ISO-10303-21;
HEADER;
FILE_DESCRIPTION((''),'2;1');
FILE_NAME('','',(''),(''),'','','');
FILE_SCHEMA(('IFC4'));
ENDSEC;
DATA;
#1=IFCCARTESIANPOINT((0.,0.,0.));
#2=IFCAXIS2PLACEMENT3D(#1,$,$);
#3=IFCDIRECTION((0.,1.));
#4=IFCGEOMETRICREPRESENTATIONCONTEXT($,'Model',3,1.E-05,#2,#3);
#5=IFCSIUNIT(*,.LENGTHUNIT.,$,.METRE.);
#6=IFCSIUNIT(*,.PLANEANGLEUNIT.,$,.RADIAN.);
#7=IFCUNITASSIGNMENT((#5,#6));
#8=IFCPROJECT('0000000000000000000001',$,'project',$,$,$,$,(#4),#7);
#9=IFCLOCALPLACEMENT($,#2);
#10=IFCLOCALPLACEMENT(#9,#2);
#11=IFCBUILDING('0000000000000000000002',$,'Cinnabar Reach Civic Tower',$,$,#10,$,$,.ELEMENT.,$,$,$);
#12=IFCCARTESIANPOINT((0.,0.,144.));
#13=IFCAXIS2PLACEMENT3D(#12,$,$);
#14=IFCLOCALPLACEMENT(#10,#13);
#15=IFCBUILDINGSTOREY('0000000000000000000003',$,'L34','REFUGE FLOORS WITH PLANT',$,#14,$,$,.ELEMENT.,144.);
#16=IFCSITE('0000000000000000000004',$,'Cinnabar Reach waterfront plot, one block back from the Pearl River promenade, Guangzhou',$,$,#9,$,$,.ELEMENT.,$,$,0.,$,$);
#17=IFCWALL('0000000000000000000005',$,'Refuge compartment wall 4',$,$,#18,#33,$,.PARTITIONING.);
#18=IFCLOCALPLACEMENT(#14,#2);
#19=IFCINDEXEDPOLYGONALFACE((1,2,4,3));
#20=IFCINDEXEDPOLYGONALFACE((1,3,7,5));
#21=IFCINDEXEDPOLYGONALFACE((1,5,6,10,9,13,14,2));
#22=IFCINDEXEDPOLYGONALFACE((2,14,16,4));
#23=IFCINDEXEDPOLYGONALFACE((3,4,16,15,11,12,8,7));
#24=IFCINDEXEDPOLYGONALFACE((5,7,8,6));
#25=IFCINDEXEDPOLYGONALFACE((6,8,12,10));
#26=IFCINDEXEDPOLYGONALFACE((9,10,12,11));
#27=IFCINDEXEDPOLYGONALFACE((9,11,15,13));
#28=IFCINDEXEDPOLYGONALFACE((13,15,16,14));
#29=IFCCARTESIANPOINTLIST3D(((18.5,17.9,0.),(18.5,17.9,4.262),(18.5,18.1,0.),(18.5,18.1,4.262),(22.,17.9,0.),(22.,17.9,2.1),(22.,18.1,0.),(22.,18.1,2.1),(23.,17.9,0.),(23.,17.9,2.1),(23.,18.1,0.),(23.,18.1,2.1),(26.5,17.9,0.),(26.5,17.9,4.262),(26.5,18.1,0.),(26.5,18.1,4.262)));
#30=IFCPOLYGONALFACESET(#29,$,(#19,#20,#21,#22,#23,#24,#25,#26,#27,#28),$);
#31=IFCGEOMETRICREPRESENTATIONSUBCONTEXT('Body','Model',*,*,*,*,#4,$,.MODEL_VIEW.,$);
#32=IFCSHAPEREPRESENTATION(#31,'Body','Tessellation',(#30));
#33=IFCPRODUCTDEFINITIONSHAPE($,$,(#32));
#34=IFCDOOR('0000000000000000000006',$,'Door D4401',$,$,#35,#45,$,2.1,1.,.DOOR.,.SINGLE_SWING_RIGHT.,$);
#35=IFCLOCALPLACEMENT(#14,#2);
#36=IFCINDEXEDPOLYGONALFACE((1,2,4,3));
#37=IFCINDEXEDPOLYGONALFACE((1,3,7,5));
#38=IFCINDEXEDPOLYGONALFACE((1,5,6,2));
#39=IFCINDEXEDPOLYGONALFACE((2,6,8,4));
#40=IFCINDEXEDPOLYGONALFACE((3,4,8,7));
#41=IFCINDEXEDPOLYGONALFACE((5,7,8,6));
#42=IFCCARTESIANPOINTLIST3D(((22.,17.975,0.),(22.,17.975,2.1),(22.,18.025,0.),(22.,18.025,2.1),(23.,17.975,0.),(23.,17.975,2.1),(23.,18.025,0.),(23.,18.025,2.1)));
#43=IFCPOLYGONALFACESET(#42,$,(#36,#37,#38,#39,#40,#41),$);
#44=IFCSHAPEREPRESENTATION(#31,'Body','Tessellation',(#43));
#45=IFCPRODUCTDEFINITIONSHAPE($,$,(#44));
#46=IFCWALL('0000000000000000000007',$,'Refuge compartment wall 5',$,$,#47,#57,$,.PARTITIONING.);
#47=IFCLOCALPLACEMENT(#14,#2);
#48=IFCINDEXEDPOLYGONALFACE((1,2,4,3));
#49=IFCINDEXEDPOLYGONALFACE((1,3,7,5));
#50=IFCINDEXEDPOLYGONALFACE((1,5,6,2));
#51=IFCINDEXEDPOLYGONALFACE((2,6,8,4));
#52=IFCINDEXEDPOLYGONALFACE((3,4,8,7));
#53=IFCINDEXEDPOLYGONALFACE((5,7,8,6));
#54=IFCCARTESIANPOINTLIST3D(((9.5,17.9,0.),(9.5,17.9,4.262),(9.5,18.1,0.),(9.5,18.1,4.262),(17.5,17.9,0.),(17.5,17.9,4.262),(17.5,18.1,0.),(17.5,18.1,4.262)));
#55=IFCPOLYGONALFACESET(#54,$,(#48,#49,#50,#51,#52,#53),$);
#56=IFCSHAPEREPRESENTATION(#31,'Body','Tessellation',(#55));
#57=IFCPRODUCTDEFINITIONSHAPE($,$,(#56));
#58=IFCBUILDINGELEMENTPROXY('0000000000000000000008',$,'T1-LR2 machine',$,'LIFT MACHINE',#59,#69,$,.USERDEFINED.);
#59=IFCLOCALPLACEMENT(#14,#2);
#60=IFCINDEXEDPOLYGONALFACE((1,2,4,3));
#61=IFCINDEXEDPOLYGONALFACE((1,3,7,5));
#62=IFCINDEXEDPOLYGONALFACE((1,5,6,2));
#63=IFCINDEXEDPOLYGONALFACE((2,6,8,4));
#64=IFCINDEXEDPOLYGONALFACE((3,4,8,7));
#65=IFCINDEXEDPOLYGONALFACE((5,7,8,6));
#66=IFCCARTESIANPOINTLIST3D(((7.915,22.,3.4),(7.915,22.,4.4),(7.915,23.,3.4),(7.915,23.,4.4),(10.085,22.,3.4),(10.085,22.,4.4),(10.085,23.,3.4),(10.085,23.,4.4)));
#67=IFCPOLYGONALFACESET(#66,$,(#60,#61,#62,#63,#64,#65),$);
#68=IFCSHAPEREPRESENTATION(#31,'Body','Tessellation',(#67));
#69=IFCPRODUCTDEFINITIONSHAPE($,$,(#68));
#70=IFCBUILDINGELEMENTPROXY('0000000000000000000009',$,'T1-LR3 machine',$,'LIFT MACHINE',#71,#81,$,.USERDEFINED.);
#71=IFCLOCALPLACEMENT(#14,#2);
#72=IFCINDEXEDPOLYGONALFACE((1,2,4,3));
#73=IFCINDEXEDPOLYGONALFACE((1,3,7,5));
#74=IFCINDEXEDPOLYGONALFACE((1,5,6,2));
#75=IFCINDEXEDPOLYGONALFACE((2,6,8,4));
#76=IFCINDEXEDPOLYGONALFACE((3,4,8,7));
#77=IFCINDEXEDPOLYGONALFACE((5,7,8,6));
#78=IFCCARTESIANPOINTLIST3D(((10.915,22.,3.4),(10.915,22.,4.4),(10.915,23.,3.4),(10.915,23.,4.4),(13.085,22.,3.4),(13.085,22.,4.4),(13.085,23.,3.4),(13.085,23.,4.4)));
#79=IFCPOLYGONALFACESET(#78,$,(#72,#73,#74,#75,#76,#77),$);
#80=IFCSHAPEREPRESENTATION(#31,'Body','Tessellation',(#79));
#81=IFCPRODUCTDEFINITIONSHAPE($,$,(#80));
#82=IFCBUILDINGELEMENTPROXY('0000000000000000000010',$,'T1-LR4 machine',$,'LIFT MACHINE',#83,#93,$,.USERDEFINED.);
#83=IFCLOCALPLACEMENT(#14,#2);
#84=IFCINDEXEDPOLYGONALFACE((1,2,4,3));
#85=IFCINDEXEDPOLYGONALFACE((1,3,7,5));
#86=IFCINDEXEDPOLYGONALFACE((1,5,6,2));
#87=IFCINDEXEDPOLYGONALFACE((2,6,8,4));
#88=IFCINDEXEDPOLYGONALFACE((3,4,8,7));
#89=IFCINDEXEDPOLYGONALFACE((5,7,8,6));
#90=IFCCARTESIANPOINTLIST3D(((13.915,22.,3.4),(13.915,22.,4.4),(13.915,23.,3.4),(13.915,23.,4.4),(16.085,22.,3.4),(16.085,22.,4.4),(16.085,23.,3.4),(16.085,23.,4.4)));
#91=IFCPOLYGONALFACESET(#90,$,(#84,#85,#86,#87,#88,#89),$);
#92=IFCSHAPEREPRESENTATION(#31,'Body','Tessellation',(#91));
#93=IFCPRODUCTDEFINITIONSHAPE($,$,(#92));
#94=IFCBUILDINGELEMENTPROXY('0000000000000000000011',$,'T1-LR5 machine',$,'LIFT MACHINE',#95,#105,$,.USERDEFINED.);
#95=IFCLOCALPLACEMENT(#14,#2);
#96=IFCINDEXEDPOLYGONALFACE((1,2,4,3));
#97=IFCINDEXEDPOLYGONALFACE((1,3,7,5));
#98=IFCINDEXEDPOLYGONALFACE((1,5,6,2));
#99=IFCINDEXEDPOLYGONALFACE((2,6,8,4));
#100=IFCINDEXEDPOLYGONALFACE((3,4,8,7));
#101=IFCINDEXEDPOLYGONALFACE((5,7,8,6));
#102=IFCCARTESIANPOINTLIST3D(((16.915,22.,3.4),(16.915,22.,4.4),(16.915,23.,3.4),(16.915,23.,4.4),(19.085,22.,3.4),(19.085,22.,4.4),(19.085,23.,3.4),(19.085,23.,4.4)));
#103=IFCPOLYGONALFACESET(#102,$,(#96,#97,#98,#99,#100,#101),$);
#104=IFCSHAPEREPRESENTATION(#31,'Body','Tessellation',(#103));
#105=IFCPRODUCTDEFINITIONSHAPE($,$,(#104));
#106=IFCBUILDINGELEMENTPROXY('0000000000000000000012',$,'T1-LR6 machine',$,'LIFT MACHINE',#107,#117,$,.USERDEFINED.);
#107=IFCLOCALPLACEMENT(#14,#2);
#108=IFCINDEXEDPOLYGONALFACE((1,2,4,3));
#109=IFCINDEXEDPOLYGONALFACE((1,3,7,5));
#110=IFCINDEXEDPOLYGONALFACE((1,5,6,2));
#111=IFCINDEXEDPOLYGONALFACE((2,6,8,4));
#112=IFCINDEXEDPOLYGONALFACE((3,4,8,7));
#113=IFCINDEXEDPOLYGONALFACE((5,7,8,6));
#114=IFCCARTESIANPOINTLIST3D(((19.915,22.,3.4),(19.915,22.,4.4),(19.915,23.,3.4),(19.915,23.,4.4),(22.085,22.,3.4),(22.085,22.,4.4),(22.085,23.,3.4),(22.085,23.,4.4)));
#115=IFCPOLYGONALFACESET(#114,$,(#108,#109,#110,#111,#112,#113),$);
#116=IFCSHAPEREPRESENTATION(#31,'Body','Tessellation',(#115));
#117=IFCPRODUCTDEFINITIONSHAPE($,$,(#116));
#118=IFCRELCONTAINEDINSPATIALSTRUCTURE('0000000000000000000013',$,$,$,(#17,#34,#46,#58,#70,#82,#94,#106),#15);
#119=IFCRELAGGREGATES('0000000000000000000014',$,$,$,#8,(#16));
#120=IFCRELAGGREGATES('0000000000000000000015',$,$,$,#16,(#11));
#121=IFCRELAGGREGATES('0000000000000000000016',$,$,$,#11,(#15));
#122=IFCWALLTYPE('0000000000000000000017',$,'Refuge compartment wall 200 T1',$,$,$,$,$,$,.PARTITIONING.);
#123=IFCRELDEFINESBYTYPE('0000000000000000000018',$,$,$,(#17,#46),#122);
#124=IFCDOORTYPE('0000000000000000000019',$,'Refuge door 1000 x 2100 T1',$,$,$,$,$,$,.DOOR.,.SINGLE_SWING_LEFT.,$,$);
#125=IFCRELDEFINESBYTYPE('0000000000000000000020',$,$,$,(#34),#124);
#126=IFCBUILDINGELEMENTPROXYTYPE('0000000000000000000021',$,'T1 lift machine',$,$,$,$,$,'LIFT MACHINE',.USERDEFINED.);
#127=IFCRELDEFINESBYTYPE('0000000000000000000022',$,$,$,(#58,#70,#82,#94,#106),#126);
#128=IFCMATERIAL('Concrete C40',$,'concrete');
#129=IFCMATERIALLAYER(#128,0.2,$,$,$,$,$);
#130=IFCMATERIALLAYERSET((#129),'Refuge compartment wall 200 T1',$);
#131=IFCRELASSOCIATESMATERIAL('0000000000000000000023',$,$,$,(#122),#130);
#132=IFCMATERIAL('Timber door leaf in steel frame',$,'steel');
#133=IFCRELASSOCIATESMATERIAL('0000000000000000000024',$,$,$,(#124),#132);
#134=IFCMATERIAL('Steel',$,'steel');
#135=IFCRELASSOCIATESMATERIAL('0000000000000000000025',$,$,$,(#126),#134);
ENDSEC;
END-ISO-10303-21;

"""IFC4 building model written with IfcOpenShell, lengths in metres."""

from ifc_helpers import new_model, si_unit, direction, frame, frame_2d, origin, origin_2d, place, context, subcontext, project, spatial, rectangle, extrude, material, layer, layer_set, type_object, element, fill, save


model = new_model("IFC4")

# Units and contexts
model_context = context("Model", 3, precision=1e-05, world=origin(), true_north=direction((0.0, 1.0)))
body_context = subcontext(model_context, "Body", "Model", "MODEL_VIEW")
ifc_project = project(units=[si_unit("LENGTHUNIT", "METRE"), si_unit("PLANEANGLEUNIT", "RADIAN")], contexts=[model_context])

# Site, building, storey
site_placement = place(None, origin())
site = spatial("IfcSite", under=ifc_project, at=site_placement, Name="Cinnabar Reach waterfront plot, one block back from the Pearl River promenade, Guangzhou", CompositionType="ELEMENT", RefElevation=0.0)
building_placement = place(site_placement, origin())
building = spatial("IfcBuilding", under=site, at=building_placement, Name="Cinnabar Reach Civic Tower", CompositionType="ELEMENT")
storey_placement = place(building_placement, frame((0.0, 0.0, 144.0)))
storey = spatial("IfcBuildingStorey", under=building, at=storey_placement, Name="L34", Description="REFUGE FLOORS WITH PLANT", CompositionType="ELEMENT", Elevation=144.0)

# Shared definitions
ifc_material_1 = material(Name="Timber door leaf in steel frame", Category="steel")

# Shared definitions
ifc_material_2 = material(Name="Concrete C40", Category="concrete")
ifc_layer_1 = layer(ifc_material_2, 0.2)
ifc_layer_set_1 = layer_set([ifc_layer_1], Name="Refuge compartment wall 200 T1")
wall_type_1 = type_object("IfcWallType", Name="Refuge compartment wall 200 T1", PredefinedType="PARTITIONING", material=ifc_layer_set_1)

# Wall, opening, door
wall_1_placement = place(storey_placement, frame((18.5, 18.0, 0.0), z_axis=(0.0, 0.0, 1.0), x_axis=(1.0, 0.0, 0.0)))
wall_1 = element("IfcWall", 1, at=wall_1_placement, inside=storey, type_object=wall_type_1, Name="Refuge compartment wall 4", PredefinedType="PARTITIONING", context=body_context, shape_type="SweptSolid", body=[
    extrude(rectangle(XDim=8.0, YDim=0.2, at=frame_2d((4.0, 0.0))), origin(), (0.0, 0.0, 1.0), 4.262),
])
opening_1_placement = place(wall_1_placement, frame((3.5, 0.0, 0.0)))
opening_1 = element("IfcOpeningElement", 2, at=opening_1_placement, cuts=wall_1, PredefinedType="OPENING", context=body_context, shape_type="SweptSolid", body=[
    extrude(rectangle(XDim=1.0, YDim=2.1, at=frame_2d((0.5, 1.05))), frame((0.0, 0.11, 0.0), z_axis=(0.0, -1.0, 0.0), x_axis=(1.0, 0.0, 0.0)), (0.0, 0.0, 1.0), 0.22),
])
door_type_1 = type_object("IfcDoorType", Name="Refuge door 1000 x 2100 T1", OperationType="SINGLE_SWING_LEFT", PredefinedType="DOOR", material=ifc_material_1)
door_1_placement = place(opening_1_placement, frame((1.0, 0.0, 0.0), z_axis=(0.0, 0.0, 1.0), x_axis=(-1.0, 0.0, 0.0)))
door_1 = element("IfcDoor", 3, at=door_1_placement, inside=storey, type_object=door_type_1, Name="Door D4401", OperationType="SINGLE_SWING_RIGHT", OverallHeight=2.1, OverallWidth=1.0, PredefinedType="DOOR", context=body_context, shape_type="SweptSolid", body=[
    extrude(rectangle(XDim=1.0, YDim=2.1, at=frame_2d((0.5, 1.05))), frame((0.0, 0.025, 0.0), z_axis=(0.0, -1.0, 0.0), x_axis=(1.0, 0.0, 0.0)), (0.0, 0.0, 1.0), 0.05),
])
fill(opening_1, door_1)

# Wall
wall_2_placement = place(storey_placement, frame((9.5, 18.0, 0.0), z_axis=(0.0, 0.0, 1.0), x_axis=(1.0, 0.0, 0.0)))
element("IfcWall", 4, at=wall_2_placement, inside=storey, type_object=wall_type_1, Name="Refuge compartment wall 5", PredefinedType="PARTITIONING", context=body_context, shape_type="SweptSolid", body=[
    extrude(rectangle(XDim=8.0, YDim=0.2, at=frame_2d((4.0, 0.0))), origin(), (0.0, 0.0, 1.0), 4.262),
])

# Building element proxies
ifc_material_3 = material(Name="Steel", Category="steel")
building_element_proxy_type = type_object("IfcBuildingElementProxyType", Name="T1 lift machine", ElementType="LIFT MACHINE", PredefinedType="USERDEFINED", material=ifc_material_3)
for number, where, z_axis, x_axis, name in (
    (5, (9.0, 22.5, 3.4), (0.0, 0.0, 1.0), (1.0, 0.0, 0.0), "T1-LR2 machine"),
    (6, (12.0, 22.5, 3.4), (0.0, 0.0, 1.0), (1.0, 0.0, 0.0), "T1-LR3 machine"),
    (7, (15.0, 22.5, 3.4), (0.0, 0.0, 1.0), (1.0, 0.0, 0.0), "T1-LR4 machine"),
    (8, (18.0, 22.5, 3.4), (0.0, 0.0, 1.0), (1.0, 0.0, 0.0), "T1-LR5 machine"),
    (9, (21.0, 22.5, 3.4), (0.0, 0.0, 1.0), (1.0, 0.0, 0.0), "T1-LR6 machine"),
):
    element("IfcBuildingElementProxy", number, at=place(storey_placement, frame(where, z_axis=z_axis, x_axis=x_axis)), inside=storey, type_object=building_element_proxy_type, Name=name, ObjectType="LIFT MACHINE", PredefinedType="USERDEFINED", context=body_context, shape_type="SweptSolid", body=[
        extrude(rectangle(XDim=2.17, YDim=1.0, at=origin_2d()), origin(), (0.0, 0.0, 1.0), 1.0),
    ])

save(model, "model.ifc")
